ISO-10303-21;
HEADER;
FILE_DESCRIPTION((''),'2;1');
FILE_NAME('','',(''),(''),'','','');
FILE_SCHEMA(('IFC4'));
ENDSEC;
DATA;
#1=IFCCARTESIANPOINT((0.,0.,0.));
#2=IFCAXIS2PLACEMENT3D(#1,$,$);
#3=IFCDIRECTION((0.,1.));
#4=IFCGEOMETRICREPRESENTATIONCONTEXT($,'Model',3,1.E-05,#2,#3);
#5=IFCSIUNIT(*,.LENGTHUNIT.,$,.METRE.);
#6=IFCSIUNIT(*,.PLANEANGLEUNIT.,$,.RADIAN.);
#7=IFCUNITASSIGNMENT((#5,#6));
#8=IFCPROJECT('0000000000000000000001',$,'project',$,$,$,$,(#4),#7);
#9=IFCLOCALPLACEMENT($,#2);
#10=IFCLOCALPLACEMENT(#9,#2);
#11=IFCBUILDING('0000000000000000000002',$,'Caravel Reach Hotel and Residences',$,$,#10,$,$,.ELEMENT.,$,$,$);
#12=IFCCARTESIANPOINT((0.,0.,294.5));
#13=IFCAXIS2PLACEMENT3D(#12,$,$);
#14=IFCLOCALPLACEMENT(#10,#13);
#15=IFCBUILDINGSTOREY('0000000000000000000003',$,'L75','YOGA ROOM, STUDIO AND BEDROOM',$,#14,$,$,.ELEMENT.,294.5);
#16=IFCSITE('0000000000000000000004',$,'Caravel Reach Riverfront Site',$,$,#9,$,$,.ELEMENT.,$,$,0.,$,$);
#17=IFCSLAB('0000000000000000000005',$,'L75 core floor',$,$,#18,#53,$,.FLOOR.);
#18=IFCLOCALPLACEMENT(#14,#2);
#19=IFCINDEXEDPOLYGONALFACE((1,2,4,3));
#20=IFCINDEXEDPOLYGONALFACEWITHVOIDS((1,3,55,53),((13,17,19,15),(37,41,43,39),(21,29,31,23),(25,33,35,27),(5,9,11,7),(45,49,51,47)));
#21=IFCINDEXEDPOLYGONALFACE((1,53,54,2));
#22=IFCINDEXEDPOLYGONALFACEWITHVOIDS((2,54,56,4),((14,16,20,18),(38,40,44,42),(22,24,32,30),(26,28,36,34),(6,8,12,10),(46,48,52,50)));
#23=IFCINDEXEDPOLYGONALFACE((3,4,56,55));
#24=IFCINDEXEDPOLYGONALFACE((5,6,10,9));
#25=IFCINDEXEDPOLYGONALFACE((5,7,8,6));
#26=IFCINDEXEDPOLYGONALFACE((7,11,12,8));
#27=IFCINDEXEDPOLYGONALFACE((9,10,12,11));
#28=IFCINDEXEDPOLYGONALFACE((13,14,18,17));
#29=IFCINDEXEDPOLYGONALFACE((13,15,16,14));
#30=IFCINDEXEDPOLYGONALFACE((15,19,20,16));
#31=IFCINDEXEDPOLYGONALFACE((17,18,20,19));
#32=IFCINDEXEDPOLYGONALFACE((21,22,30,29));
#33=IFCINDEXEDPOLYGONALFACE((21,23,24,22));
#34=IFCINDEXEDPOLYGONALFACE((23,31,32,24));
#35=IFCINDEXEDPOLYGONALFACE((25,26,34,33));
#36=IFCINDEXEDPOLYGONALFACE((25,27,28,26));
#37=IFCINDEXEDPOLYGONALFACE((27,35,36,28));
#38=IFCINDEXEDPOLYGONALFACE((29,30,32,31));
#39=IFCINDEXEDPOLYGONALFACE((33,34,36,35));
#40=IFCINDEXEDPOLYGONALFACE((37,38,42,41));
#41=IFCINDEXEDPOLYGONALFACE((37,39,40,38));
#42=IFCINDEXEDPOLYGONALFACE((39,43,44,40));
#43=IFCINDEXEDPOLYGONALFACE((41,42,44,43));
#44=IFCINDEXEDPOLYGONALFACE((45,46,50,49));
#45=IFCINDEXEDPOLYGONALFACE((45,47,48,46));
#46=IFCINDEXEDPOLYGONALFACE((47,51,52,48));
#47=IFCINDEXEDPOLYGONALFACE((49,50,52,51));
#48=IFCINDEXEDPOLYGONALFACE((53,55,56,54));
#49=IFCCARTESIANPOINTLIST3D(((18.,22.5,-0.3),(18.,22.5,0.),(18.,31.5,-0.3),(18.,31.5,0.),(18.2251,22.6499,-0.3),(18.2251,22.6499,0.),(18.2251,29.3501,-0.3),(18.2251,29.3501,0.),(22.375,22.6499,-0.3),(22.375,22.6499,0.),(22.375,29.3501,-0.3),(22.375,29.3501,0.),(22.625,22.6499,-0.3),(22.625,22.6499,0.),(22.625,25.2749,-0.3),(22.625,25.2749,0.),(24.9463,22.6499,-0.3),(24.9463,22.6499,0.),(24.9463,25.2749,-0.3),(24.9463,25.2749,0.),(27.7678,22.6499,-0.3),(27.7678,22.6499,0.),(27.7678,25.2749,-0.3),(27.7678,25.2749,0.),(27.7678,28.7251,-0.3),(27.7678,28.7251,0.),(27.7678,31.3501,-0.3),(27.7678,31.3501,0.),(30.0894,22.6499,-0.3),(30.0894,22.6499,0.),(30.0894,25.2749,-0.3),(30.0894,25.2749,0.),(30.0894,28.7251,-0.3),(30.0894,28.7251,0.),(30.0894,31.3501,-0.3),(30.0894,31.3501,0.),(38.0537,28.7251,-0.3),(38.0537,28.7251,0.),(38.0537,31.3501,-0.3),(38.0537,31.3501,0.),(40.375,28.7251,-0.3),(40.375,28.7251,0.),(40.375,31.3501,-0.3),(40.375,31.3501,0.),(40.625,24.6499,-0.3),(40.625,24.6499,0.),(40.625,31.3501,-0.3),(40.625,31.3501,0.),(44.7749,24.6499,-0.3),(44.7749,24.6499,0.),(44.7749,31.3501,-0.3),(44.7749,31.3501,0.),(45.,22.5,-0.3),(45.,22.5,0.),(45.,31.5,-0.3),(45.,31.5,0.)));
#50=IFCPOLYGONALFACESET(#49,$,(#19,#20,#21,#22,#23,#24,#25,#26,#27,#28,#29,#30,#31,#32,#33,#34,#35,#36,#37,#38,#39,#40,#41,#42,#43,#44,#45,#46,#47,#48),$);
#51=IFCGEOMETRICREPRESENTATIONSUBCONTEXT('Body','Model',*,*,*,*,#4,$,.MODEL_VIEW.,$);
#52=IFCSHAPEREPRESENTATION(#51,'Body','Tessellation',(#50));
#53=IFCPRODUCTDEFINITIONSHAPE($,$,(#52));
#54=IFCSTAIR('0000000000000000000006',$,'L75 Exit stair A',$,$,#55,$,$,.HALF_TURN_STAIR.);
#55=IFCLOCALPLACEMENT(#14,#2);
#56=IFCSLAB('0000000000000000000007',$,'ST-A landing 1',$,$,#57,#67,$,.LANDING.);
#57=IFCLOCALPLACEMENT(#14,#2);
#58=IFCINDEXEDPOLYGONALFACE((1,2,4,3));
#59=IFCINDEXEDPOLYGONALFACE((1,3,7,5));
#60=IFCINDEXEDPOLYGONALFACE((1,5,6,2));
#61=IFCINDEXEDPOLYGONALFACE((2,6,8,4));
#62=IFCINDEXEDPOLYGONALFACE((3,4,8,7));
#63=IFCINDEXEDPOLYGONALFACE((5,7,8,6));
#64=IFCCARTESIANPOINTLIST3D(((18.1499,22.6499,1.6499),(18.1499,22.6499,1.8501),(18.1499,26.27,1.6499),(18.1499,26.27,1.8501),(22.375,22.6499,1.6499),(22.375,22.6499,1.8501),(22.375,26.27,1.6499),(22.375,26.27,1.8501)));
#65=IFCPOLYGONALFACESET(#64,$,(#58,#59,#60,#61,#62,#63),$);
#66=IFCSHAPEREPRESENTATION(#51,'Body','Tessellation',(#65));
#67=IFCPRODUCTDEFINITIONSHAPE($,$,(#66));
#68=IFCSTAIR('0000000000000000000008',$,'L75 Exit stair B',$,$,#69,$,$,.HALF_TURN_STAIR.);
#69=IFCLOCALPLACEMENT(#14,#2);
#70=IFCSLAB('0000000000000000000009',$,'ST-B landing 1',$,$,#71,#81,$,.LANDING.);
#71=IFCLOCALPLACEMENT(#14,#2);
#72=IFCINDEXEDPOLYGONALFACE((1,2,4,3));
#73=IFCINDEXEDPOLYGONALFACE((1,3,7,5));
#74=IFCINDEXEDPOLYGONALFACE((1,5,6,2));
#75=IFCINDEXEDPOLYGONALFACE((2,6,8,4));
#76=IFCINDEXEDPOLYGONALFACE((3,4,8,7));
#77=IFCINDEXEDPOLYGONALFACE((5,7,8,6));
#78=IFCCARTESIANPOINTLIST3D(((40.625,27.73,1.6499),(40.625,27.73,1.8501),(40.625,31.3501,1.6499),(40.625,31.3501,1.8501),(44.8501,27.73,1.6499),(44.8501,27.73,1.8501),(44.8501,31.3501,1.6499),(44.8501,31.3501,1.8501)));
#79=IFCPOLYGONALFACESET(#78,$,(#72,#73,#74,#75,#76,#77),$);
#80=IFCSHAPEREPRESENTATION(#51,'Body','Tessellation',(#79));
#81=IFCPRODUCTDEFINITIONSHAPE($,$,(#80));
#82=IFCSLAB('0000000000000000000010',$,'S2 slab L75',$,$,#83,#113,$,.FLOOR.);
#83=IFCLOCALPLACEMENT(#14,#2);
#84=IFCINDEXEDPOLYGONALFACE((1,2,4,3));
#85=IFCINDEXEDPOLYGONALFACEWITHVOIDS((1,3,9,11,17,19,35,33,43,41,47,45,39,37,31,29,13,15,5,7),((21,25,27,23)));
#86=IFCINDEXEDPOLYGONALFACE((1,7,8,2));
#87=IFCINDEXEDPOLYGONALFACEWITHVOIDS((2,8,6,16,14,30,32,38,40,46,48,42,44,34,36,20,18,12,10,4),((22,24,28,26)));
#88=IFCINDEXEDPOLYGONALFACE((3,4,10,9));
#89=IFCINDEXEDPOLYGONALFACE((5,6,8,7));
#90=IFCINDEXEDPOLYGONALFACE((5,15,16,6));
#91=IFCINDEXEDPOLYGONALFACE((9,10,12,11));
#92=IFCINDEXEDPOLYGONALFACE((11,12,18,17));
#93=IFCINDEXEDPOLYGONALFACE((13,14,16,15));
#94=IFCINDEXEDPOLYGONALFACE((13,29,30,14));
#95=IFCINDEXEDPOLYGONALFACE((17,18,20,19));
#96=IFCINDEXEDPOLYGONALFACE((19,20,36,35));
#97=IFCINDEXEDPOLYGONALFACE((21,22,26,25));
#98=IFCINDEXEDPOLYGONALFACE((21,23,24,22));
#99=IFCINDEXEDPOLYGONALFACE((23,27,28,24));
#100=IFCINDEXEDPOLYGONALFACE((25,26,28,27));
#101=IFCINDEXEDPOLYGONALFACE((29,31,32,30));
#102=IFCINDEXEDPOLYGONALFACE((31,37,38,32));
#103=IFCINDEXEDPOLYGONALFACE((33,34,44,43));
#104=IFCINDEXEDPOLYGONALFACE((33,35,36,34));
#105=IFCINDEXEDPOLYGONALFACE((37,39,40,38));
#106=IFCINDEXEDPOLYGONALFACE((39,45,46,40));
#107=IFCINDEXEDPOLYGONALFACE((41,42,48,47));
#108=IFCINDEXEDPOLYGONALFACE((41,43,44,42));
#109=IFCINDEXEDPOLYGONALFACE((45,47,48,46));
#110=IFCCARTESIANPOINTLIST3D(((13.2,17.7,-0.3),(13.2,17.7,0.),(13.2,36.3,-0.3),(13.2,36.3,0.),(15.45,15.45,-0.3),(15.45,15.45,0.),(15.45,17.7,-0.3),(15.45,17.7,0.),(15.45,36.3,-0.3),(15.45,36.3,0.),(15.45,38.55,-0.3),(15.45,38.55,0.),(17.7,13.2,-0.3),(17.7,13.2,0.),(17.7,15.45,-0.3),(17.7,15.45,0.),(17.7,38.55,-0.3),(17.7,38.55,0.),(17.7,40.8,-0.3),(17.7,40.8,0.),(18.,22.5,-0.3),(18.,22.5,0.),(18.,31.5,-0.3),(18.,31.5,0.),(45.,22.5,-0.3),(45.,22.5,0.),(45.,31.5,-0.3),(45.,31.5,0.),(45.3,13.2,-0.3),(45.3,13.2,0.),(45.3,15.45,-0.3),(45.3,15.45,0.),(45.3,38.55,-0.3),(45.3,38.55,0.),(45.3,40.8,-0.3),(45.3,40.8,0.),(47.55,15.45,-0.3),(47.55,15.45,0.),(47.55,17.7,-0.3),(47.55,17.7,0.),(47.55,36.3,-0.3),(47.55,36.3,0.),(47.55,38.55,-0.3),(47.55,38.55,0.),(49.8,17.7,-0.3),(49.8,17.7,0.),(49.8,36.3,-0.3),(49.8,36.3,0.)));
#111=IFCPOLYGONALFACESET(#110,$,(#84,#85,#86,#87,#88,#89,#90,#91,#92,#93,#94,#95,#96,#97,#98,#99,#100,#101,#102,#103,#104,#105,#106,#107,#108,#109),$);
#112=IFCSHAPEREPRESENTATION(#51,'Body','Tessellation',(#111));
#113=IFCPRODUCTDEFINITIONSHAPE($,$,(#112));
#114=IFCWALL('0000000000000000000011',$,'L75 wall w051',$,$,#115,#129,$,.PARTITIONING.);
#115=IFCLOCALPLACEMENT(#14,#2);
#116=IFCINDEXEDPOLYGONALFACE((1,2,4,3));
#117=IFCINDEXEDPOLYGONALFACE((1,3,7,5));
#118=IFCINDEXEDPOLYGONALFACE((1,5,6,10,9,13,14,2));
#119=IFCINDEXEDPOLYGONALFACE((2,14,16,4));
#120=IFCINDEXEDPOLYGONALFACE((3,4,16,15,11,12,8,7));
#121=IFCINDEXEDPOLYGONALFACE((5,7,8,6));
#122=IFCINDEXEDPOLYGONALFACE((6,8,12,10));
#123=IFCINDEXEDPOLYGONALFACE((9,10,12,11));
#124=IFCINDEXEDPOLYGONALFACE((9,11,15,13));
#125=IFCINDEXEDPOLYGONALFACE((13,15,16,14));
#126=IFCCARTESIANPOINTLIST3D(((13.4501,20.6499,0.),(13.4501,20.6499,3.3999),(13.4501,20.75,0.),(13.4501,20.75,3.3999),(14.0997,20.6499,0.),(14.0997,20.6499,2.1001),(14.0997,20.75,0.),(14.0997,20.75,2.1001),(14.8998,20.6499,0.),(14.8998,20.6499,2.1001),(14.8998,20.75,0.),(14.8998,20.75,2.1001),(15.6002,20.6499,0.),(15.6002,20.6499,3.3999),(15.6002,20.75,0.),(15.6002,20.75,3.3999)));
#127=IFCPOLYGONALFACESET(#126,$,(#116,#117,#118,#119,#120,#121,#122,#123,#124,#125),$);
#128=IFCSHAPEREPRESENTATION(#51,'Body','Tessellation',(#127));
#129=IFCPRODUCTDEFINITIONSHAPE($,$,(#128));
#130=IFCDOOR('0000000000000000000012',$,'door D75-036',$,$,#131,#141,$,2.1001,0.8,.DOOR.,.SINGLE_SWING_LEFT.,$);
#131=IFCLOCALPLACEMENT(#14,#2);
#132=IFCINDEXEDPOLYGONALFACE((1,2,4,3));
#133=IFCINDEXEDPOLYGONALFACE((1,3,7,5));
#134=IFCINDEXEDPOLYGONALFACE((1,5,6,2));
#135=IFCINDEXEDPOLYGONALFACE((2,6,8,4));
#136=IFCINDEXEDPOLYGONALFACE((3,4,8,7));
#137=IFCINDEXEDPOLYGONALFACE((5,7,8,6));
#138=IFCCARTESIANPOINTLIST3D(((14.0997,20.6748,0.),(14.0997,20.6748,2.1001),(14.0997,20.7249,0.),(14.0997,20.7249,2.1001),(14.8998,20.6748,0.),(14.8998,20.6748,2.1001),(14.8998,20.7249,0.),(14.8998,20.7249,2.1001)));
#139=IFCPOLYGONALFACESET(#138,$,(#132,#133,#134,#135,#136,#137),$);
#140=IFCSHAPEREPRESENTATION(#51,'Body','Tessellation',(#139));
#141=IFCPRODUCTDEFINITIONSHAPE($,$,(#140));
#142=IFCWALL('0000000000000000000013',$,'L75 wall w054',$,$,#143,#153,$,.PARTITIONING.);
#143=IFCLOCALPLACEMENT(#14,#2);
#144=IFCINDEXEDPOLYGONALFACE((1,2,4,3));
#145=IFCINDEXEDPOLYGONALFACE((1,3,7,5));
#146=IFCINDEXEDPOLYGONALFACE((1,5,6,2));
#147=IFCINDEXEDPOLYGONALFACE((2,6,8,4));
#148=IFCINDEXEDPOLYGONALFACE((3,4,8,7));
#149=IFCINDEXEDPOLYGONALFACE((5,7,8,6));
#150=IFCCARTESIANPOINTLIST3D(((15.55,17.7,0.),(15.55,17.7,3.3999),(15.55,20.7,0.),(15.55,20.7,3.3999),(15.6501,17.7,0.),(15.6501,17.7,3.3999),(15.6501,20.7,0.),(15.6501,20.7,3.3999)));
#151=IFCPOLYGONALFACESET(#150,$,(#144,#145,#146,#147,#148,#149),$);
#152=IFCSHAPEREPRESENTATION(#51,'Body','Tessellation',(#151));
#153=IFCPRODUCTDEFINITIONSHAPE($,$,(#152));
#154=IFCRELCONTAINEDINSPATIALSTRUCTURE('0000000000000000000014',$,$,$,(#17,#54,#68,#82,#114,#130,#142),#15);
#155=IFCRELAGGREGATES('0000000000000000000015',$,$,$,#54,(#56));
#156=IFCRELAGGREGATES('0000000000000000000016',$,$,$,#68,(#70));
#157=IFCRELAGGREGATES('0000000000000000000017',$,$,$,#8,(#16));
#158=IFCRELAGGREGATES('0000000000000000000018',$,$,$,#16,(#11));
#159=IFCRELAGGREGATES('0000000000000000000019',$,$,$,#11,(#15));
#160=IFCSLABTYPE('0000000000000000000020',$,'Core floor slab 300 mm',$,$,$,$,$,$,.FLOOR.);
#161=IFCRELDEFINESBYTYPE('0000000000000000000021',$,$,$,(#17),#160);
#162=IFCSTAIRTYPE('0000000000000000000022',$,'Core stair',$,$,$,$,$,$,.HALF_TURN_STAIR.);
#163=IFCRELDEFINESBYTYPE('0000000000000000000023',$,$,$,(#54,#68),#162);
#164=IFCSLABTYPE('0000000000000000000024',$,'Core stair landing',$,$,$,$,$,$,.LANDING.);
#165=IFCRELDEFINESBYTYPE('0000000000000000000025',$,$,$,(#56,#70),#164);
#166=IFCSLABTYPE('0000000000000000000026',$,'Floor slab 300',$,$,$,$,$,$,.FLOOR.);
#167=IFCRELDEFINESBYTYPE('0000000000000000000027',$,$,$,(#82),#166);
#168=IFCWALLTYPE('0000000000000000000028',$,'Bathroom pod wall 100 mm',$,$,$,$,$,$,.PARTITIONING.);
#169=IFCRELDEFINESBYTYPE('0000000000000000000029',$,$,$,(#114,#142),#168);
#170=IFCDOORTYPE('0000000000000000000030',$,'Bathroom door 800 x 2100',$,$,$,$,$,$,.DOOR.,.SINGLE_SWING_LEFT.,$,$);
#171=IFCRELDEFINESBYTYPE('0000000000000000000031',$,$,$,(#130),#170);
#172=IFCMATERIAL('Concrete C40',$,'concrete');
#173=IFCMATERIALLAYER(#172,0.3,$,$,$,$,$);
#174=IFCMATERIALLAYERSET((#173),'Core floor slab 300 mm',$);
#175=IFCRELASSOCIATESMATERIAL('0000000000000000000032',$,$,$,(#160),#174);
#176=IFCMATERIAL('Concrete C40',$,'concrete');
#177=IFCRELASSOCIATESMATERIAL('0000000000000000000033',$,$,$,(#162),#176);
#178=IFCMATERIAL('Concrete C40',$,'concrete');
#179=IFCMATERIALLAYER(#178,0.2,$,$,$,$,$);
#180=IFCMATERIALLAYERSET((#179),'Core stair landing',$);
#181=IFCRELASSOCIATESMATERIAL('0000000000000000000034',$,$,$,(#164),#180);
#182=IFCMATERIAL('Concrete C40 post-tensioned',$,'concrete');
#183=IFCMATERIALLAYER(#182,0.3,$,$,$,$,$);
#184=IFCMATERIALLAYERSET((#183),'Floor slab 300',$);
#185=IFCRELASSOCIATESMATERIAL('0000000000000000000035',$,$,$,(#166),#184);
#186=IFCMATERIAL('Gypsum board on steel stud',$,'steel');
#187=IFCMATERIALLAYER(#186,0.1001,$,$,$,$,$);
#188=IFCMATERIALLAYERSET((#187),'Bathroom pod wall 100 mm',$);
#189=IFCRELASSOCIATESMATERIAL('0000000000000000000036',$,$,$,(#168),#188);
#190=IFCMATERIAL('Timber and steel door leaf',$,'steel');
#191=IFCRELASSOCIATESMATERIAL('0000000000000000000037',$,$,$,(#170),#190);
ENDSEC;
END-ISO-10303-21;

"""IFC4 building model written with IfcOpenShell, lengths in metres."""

from ifc_helpers import new_model, si_unit, direction, frame, frame_2d, origin, place, context, subcontext, project, spatial, polyline, rectangle, outline, extrude, material, layer, layer_set, type_object, element, fill, aggregate, save


model = new_model("IFC4")

# Units and contexts
model_context = context("Model", 3, precision=1e-05, world=origin(), true_north=direction((0.0, 1.0)))
body_context = subcontext(model_context, "Body", "Model", "MODEL_VIEW")
ifc_project = project(units=[si_unit("LENGTHUNIT", "METRE"), si_unit("PLANEANGLEUNIT", "RADIAN")], contexts=[model_context])

# Site, building, storey
site_placement = place(None, origin())
site = spatial("IfcSite", under=ifc_project, at=site_placement, Name="Caravel Reach Riverfront Site", CompositionType="ELEMENT", RefElevation=0.0)
building_placement = place(site_placement, origin())
building = spatial("IfcBuilding", under=site, at=building_placement, Name="Caravel Reach Hotel and Residences", CompositionType="ELEMENT")
storey_placement = place(building_placement, frame((0.0, 0.0, 294.5)))
storey = spatial("IfcBuildingStorey", under=building, at=storey_placement, Name="L75", Description="YOGA ROOM, STUDIO AND BEDROOM", CompositionType="ELEMENT", Elevation=294.5)

# Slab
ifc_material_1 = material(Name="Concrete C40", Category="concrete")
ifc_layer_1 = layer(ifc_material_1, 0.3)
ifc_layer_set_1 = layer_set([ifc_layer_1], Name="Core floor slab 300 mm")
slab_type_1 = type_object("IfcSlabType", Name="Core floor slab 300 mm", PredefinedType="FLOOR", material=ifc_layer_set_1)
slab_1_placement = place(storey_placement, frame((0.0, 0.0, -0.3)))
element("IfcSlab", 1, at=slab_1_placement, inside=storey, type_object=slab_type_1, Name="L75 core floor", PredefinedType="FLOOR", context=body_context, shape_type="SweptSolid", body=[
    extrude(outline(polyline([(18.0, 31.5), (45.0, 31.5), (45.0, 22.5), (18.0, 22.5), (18.0, 31.5)]), holes=[polyline([(22.625, 22.6499), (24.9463, 22.6499), (24.9463, 25.2749), (22.625, 25.2749), (22.625, 22.6499)]), polyline([(27.7678, 25.2749), (27.7678, 22.6499), (30.0894, 22.6499), (30.0894, 25.2749), (27.7678, 25.2749)]), polyline([(22.375, 22.6499), (22.375, 29.3501), (18.2251, 29.3501), (18.2251, 22.6499), (22.375, 22.6499)]), polyline([(40.625, 24.6499), (44.7749, 24.6499), (44.7749, 31.3501), (40.625, 31.3501), (40.625, 24.6499)]), polyline([(27.7678, 31.3501), (27.7678, 28.7251), (30.0894, 28.7251), (30.0894, 31.3501), (27.7678, 31.3501)]), polyline([(38.0537, 31.3501), (38.0537, 28.7251), (40.375, 28.7251), (40.375, 31.3501), (38.0537, 31.3501)])]), origin(), (0.0, 0.0, 1.0), 0.3),
])

# Stairs, slabs
ifc_material_2 = material(Name="Concrete C40", Category="concrete")
stair_type = type_object("IfcStairType", Name="Core stair", PredefinedType="HALF_TURN_STAIR", material=ifc_material_2)
stair_1_placement = place(storey_placement, origin())
stair_1 = element("IfcStair", 2, at=stair_1_placement, inside=storey, type_object=stair_type, Name="L75 Exit stair A", PredefinedType="HALF_TURN_STAIR")
ifc_material_3 = material(Name="Concrete C40", Category="concrete")
ifc_layer_2 = layer(ifc_material_3, 0.2)
ifc_layer_set_2 = layer_set([ifc_layer_2], Name="Core stair landing")
slab_type_2 = type_object("IfcSlabType", Name="Core stair landing", PredefinedType="LANDING", material=ifc_layer_set_2)
slab_2_placement = place(storey_placement, frame((0.0, 0.0, 1.6499)))
slab_2 = element("IfcSlab", 3, at=slab_2_placement, type_object=slab_type_2, Name="ST-A landing 1", PredefinedType="LANDING", context=body_context, shape_type="SweptSolid", body=[
    extrude(outline(polyline([(18.1499, 26.27), (18.1499, 22.6499), (22.375, 22.6499), (22.375, 26.27), (18.1499, 26.27)])), origin(), (0.0, 0.0, 1.0), 0.2002),
])
aggregate(stair_1, [slab_2])
stair_2_placement = place(storey_placement, origin())
stair_2 = element("IfcStair", 4, at=stair_2_placement, inside=storey, type_object=stair_type, Name="L75 Exit stair B", PredefinedType="HALF_TURN_STAIR")
slab_3_placement = place(storey_placement, frame((0.0, 0.0, 1.6499)))
slab_3 = element("IfcSlab", 5, at=slab_3_placement, type_object=slab_type_2, Name="ST-B landing 1", PredefinedType="LANDING", context=body_context, shape_type="SweptSolid", body=[
    extrude(outline(polyline([(44.8501, 27.73), (44.8501, 31.3501), (40.625, 31.3501), (40.625, 27.73), (44.8501, 27.73)])), origin(), (0.0, 0.0, 1.0), 0.2002),
])
aggregate(stair_2, [slab_3])

# Slab
ifc_material_4 = material(Name="Concrete C40 post-tensioned", Category="concrete")
ifc_layer_3 = layer(ifc_material_4, 0.3)
ifc_layer_set_3 = layer_set([ifc_layer_3], Name="Floor slab 300")
slab_type_3 = type_object("IfcSlabType", Name="Floor slab 300", PredefinedType="FLOOR", material=ifc_layer_set_3)
slab_4_placement = place(storey_placement, frame((0.0, 0.0, -0.3)))
element("IfcSlab", 6, at=slab_4_placement, inside=storey, type_object=slab_type_3, Name="S2 slab L75", PredefinedType="FLOOR", context=body_context, shape_type="SweptSolid", body=[
    extrude(outline(polyline([(17.7, 15.45), (15.45, 15.45), (15.45, 17.7), (13.2, 17.7), (13.2, 36.3), (15.45, 36.3), (15.45, 38.55), (17.7, 38.55), (17.7, 40.8), (45.3, 40.8), (45.3, 38.55), (47.55, 38.55), (47.55, 36.3), (49.8, 36.3), (49.8, 17.7), (47.55, 17.7), (47.55, 15.45), (45.3, 15.45), (45.3, 13.2), (17.7, 13.2), (17.7, 15.45)]), holes=[polyline([(45.0, 31.5), (18.0, 31.5), (18.0, 22.5), (45.0, 22.5), (45.0, 31.5)])]), origin(), (0.0, 0.0, 1.0), 0.3),
])

# Wall, opening, door
ifc_material_5 = material(Name="Gypsum board on steel stud", Category="steel")
ifc_layer_4 = layer(ifc_material_5, 0.1001)
ifc_layer_set_4 = layer_set([ifc_layer_4], Name="Bathroom pod wall 100 mm")
wall_type_1 = type_object("IfcWallType", Name="Bathroom pod wall 100 mm", PredefinedType="PARTITIONING", material=ifc_layer_set_4)
wall_1_placement = place(storey_placement, frame((13.45, 20.7, 0.0), z_axis=(0.0, 0.0, 1.0), x_axis=(1.0, 0.0, 0.0)))
wall_1 = element("IfcWall", 7, at=wall_1_placement, inside=storey, type_object=wall_type_1, Name="L75 wall w051", PredefinedType="PARTITIONING", context=body_context, shape_type="SweptSolid", body=[
    extrude(rectangle(XDim=2.1501, YDim=0.1001, at=frame_2d((1.0752, 0.0))), origin(), (0.0, 0.0, 1.0), 3.3999),
])
opening_1_placement = place(wall_1_placement, frame((0.6499, 0.0, 0.0)))
opening_1 = element("IfcOpeningElement", 8, at=opening_1_placement, cuts=wall_1, PredefinedType="OPENING", context=body_context, shape_type="SweptSolid", body=[
    extrude(rectangle(XDim=0.8, YDim=2.1001, at=frame_2d((0.3999, 1.05))), frame((0.0, 0.0601, 0.0), z_axis=(0.0, -1.0, 0.0), x_axis=(1.0, 0.0, 0.0)), (0.0, 0.0, 1.0), 0.1201),
])
ifc_material_6 = material(Name="Timber and steel door leaf", Category="steel")
door_type = type_object("IfcDoorType", Name="Bathroom door 800 x 2100", OperationType="SINGLE_SWING_LEFT", PredefinedType="DOOR", material=ifc_material_6)
door_placement = place(opening_1_placement, origin())
door = element("IfcDoor", 9, at=door_placement, inside=storey, type_object=door_type, Name="door D75-036", OperationType="SINGLE_SWING_LEFT", OverallHeight=2.1001, OverallWidth=0.8, PredefinedType="DOOR", context=body_context, shape_type="SweptSolid", body=[
    extrude(rectangle(XDim=0.8, YDim=2.1001, at=frame_2d((0.3999, 1.05))), frame((0.0, 0.0249, 0.0), z_axis=(0.0, -1.0, 0.0), x_axis=(1.0, 0.0, 0.0)), (0.0, 0.0, 1.0), 0.05),
])
fill(opening_1, door)

# Wall
wall_2_placement = place(storey_placement, frame((15.6001, 17.7, 0.0), z_axis=(0.0, 0.0, 1.0), x_axis=(0.0, 1.0, 0.0)))
element("IfcWall", 10, at=wall_2_placement, inside=storey, type_object=wall_type_1, Name="L75 wall w054", PredefinedType="PARTITIONING", context=body_context, shape_type="SweptSolid", body=[
    extrude(rectangle(XDim=3.0, YDim=0.1001, at=frame_2d((1.5, 0.0))), origin(), (0.0, 0.0, 1.0), 3.3999),
])

save(model, "model.ifc")
